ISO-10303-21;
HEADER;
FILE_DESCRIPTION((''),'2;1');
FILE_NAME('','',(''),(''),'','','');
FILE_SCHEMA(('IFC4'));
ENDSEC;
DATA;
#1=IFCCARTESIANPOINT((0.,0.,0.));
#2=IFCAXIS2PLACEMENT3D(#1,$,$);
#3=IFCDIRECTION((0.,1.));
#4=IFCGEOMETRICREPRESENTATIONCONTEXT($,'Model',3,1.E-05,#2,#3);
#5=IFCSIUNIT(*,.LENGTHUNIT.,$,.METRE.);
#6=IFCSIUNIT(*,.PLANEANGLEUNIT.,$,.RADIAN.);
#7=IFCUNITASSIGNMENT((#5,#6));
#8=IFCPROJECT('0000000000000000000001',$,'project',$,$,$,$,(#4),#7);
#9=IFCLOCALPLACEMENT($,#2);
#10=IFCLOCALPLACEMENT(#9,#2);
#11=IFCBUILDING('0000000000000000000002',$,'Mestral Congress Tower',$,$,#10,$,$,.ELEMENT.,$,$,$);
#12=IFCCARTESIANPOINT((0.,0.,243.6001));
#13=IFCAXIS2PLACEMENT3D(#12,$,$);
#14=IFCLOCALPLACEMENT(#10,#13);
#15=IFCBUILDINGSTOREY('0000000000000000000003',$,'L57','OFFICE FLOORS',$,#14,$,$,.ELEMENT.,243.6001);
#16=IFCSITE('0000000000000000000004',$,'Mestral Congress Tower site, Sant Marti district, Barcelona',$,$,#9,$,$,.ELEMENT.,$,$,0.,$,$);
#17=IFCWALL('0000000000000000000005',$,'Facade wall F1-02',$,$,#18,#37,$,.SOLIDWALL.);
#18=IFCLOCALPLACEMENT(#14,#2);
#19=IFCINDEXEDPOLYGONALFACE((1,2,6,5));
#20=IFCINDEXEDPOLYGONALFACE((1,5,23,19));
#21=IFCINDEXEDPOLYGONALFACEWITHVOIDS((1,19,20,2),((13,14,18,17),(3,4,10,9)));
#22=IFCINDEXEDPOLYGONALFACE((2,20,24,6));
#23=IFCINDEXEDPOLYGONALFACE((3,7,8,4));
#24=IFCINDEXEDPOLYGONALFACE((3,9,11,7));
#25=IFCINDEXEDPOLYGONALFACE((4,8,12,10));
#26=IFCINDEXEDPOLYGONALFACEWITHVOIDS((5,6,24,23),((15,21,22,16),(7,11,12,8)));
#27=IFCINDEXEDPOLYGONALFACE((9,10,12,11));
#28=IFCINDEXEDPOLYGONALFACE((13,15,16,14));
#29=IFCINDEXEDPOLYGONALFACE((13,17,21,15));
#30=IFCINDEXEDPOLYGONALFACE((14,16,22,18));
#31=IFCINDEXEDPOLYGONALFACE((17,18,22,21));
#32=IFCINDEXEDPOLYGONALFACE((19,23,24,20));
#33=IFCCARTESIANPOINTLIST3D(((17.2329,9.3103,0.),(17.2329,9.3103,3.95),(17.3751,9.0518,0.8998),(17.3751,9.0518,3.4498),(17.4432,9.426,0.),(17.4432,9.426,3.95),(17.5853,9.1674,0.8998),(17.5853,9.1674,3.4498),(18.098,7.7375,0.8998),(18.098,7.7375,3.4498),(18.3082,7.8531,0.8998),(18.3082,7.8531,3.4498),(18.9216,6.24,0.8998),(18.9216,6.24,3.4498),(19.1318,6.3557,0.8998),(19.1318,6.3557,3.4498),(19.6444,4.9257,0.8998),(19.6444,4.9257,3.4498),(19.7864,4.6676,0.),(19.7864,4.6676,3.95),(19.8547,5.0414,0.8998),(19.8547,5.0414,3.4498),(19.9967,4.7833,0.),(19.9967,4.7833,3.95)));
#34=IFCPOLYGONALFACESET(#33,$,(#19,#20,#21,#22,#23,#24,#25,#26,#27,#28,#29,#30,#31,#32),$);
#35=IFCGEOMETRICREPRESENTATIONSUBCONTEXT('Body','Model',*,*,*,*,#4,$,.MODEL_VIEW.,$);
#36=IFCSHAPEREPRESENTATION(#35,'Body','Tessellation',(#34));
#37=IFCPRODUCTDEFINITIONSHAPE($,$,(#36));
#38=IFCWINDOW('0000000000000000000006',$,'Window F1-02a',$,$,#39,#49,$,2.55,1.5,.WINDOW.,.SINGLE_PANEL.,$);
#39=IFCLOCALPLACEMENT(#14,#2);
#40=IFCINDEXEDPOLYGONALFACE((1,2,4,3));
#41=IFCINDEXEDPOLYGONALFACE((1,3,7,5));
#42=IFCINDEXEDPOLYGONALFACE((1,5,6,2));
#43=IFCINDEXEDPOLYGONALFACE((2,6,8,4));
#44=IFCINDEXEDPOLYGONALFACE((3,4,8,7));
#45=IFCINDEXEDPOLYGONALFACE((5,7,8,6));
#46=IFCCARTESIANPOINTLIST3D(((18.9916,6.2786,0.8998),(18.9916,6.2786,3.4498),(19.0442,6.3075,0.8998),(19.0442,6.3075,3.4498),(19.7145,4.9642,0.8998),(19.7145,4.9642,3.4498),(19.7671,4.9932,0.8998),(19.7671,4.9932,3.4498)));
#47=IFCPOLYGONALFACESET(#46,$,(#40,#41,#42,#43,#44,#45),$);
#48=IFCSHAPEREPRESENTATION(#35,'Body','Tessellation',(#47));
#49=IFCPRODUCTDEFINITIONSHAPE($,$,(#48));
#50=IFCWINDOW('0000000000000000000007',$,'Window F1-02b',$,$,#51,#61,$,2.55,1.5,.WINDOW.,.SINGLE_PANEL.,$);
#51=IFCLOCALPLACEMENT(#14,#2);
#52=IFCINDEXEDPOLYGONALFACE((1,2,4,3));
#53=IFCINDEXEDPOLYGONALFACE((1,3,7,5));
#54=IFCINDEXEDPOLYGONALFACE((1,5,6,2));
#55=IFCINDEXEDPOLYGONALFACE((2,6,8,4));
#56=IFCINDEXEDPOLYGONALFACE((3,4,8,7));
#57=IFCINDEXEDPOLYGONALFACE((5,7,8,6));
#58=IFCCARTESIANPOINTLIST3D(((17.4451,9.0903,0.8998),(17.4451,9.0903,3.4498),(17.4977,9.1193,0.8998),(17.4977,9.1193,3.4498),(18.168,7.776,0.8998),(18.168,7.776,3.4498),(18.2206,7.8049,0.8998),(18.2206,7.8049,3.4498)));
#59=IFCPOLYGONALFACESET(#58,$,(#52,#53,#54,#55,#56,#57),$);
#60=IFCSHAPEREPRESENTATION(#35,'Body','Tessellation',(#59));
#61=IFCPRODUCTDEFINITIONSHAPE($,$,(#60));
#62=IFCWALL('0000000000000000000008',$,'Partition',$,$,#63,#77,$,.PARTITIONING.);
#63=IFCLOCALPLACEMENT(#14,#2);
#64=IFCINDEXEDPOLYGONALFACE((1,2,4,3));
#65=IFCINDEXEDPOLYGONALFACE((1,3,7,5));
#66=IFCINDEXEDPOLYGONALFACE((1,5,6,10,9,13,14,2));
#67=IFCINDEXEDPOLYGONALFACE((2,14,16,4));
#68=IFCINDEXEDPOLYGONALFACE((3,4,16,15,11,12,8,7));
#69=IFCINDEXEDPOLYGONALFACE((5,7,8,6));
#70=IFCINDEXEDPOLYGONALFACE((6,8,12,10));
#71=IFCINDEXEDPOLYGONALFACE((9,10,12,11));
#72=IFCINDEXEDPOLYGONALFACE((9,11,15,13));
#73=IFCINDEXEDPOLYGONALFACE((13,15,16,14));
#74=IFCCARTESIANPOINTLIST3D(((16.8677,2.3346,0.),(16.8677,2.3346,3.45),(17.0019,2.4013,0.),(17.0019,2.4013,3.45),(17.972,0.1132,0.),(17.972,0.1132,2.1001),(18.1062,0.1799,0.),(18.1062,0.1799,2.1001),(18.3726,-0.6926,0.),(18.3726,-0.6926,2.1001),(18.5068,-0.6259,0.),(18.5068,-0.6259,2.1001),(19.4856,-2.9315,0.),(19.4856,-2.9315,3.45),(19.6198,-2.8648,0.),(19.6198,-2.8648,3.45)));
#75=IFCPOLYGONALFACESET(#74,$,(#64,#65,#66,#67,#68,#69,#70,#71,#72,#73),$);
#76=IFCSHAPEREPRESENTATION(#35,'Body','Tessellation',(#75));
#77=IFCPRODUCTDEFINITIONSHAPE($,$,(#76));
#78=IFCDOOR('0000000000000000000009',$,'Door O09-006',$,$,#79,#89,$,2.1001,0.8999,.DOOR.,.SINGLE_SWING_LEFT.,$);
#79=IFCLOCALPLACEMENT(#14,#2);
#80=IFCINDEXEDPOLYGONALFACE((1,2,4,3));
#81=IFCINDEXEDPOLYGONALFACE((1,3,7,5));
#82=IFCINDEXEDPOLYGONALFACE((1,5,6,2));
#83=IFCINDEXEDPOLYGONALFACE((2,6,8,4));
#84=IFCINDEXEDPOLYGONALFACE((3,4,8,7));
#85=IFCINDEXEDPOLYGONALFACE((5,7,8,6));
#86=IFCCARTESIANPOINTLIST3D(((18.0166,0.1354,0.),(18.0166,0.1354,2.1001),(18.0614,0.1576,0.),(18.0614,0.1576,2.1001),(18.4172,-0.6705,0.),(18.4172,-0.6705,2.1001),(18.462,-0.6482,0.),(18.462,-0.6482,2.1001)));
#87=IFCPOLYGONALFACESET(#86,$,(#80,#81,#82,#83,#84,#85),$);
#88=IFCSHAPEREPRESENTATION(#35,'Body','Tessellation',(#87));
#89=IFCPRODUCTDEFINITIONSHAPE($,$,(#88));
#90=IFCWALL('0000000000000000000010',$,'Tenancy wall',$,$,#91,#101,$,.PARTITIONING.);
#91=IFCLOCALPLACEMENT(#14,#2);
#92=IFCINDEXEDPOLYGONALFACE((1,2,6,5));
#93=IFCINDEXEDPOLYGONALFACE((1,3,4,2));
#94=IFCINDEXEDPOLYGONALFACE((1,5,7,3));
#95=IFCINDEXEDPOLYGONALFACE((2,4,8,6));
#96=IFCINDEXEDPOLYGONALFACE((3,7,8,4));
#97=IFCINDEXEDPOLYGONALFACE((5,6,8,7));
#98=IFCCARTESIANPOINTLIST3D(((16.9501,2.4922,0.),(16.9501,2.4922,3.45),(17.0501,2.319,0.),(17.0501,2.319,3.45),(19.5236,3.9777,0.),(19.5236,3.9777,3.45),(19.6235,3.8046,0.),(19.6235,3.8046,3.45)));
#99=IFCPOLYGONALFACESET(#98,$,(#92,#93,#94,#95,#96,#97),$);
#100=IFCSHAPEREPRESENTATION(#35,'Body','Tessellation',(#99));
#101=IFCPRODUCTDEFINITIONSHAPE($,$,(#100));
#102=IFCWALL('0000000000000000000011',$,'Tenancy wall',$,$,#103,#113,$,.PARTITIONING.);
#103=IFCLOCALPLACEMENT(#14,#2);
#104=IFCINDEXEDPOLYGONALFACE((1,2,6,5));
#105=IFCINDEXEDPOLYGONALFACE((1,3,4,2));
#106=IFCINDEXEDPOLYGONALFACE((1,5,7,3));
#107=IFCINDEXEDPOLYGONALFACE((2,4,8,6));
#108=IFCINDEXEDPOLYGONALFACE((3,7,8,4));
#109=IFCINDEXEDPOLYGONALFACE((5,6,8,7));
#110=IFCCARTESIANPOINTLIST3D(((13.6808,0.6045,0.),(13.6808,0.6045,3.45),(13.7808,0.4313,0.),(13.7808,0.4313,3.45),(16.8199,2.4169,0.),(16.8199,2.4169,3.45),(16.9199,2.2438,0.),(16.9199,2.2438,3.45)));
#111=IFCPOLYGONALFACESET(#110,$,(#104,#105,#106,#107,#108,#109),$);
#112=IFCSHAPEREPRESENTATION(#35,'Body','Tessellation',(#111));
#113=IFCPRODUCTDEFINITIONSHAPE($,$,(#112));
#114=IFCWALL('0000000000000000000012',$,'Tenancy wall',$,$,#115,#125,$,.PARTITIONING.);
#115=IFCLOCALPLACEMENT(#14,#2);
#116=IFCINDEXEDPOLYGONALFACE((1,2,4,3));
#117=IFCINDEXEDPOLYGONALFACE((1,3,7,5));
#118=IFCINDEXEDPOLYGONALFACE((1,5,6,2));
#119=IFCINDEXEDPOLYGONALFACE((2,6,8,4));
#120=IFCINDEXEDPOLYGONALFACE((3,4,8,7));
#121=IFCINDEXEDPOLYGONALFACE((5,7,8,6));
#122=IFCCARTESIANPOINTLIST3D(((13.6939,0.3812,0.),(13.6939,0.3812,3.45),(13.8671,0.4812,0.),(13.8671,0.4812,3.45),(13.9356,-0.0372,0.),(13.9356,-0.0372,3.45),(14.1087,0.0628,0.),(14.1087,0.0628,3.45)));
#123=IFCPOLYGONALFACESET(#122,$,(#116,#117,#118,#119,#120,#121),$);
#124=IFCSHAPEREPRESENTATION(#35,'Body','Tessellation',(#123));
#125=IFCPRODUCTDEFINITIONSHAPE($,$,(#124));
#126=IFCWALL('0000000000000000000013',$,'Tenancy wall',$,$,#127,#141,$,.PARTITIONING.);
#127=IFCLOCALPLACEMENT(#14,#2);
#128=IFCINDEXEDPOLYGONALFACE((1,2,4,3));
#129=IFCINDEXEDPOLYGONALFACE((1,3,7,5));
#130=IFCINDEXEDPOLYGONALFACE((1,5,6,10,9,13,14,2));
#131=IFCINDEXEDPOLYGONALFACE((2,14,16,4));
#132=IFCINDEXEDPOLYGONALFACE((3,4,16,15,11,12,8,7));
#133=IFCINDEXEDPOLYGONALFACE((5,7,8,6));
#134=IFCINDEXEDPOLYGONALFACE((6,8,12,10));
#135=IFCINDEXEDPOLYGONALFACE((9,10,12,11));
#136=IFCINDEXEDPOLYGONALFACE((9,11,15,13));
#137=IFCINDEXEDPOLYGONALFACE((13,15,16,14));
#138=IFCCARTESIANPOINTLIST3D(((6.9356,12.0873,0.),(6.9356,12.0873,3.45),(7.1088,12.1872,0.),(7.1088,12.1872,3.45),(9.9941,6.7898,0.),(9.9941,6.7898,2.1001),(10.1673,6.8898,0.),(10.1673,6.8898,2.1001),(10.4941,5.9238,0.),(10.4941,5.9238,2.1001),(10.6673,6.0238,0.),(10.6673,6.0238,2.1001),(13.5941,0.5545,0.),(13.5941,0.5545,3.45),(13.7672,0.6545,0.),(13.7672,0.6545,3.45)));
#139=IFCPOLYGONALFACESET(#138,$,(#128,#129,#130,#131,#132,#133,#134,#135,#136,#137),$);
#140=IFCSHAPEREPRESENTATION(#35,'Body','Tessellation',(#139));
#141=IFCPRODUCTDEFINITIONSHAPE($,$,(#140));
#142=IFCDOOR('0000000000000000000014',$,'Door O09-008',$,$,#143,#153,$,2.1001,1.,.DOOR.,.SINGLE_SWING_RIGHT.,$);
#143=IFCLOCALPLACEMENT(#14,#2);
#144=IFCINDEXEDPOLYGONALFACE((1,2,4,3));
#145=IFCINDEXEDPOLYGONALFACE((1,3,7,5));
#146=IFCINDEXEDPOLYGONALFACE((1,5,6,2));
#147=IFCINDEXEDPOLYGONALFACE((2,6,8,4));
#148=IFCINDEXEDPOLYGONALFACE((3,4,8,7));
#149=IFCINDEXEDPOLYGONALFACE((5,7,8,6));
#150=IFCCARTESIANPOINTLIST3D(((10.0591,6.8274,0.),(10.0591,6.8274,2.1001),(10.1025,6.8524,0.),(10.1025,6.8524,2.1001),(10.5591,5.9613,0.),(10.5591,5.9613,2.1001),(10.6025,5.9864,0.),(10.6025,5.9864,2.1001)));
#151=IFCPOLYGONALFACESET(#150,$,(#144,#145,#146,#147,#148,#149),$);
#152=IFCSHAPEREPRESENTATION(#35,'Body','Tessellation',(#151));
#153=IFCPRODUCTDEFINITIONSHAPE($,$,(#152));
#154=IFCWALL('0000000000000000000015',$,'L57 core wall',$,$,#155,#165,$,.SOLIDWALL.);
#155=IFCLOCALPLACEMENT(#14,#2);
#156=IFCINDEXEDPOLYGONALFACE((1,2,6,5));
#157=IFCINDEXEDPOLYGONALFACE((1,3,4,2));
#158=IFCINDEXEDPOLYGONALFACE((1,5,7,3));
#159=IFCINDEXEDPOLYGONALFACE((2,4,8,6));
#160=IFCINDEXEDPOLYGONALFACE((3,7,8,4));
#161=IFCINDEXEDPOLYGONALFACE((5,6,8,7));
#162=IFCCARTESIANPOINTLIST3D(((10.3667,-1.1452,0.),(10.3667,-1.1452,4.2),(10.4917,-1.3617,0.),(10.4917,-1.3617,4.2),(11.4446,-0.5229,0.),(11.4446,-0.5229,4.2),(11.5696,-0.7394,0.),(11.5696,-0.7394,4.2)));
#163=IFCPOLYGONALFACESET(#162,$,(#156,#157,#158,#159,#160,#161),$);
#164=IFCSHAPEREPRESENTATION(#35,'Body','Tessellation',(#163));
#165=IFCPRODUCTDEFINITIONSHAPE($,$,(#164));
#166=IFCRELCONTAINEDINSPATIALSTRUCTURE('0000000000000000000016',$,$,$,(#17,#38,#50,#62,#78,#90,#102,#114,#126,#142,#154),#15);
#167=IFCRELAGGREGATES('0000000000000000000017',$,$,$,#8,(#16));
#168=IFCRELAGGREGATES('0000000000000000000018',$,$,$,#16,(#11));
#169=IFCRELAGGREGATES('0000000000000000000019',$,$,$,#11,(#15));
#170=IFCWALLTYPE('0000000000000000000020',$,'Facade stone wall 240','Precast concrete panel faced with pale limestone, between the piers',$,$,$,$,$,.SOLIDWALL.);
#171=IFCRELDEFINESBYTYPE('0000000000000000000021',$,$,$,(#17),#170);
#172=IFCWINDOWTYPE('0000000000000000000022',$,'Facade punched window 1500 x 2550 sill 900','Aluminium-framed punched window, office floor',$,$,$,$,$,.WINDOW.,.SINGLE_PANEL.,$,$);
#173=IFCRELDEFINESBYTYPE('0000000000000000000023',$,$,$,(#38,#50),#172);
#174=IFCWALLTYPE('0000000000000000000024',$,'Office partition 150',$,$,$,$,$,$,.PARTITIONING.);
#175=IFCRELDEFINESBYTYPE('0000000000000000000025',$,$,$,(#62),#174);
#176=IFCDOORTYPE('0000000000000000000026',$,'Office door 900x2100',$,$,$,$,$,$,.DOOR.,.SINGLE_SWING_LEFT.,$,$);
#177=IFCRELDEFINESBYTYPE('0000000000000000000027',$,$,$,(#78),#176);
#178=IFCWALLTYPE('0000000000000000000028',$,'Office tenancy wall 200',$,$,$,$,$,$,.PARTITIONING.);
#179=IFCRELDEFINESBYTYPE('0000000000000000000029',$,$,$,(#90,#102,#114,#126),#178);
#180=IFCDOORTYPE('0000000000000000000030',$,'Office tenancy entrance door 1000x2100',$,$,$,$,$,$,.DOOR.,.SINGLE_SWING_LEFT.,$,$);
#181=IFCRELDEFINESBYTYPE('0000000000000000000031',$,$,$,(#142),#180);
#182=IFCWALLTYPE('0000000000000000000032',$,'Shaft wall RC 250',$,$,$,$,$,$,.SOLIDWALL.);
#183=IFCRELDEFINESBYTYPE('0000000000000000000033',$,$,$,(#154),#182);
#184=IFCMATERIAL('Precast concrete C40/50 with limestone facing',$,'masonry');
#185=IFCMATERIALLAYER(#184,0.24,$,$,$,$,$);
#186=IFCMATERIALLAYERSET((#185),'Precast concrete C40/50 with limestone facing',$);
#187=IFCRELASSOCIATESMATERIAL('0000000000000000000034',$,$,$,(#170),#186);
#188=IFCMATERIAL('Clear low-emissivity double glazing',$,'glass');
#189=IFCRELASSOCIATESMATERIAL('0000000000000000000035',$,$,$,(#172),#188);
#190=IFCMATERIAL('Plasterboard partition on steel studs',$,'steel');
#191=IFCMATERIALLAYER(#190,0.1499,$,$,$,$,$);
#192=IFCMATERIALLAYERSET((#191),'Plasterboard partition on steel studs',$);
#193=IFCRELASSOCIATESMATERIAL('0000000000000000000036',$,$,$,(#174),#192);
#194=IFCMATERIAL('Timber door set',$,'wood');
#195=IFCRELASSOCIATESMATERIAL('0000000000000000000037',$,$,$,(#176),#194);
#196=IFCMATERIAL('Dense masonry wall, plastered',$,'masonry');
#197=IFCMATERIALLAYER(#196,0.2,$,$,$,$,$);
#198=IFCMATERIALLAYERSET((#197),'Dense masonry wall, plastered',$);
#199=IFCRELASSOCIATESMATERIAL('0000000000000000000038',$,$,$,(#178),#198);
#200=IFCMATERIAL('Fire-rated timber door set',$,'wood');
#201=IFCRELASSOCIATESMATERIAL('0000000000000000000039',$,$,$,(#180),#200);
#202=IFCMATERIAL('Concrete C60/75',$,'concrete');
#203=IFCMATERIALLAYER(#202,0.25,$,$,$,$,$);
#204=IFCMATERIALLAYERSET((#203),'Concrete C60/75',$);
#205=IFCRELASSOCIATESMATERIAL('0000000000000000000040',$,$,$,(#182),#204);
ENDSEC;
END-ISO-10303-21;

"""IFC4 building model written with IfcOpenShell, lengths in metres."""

from ifc_helpers import new_model, si_unit, direction, frame, frame_2d, origin, place, context, subcontext, project, spatial, rectangle, extrude, material, layer, layer_set, type_object, element, fill, save


model = new_model("IFC4")

# Units and contexts
model_context = context("Model", 3, precision=1e-05, world=origin(), true_north=direction((0.0, 1.0)))
body_context = subcontext(model_context, "Body", "Model", "MODEL_VIEW")
ifc_project = project(units=[si_unit("LENGTHUNIT", "METRE"), si_unit("PLANEANGLEUNIT", "RADIAN")], contexts=[model_context])

# Site, building, storey
site_placement = place(None, origin())
site = spatial("IfcSite", under=ifc_project, at=site_placement, Name="Mestral Congress Tower site, Sant Marti district, Barcelona", CompositionType="ELEMENT", RefElevation=0.0)
building_placement = place(site_placement, origin())
building = spatial("IfcBuilding", under=site, at=building_placement, Name="Mestral Congress Tower", CompositionType="ELEMENT")
storey_placement = place(building_placement, frame((0.0, 0.0, 243.6001)))
storey = spatial("IfcBuildingStorey", under=building, at=storey_placement, Name="L57", Description="OFFICE FLOORS", CompositionType="ELEMENT", Elevation=243.6001)

# Shared definitions
ifc_material_1 = material(Name="Concrete C60/75", Category="concrete")

# Wall, openings, windows
ifc_material_2 = material(Name="Precast concrete C40/50 with limestone facing", Category="masonry")
ifc_layer_1 = layer(ifc_material_2, 0.24)
ifc_layer_set_1 = layer_set([ifc_layer_1], Name="Precast concrete C40/50 with limestone facing")
wall_type_1 = type_object("IfcWallType", Name="Facade stone wall 240", Description="Precast concrete panel faced with pale limestone, between the piers", PredefinedType="SOLIDWALL", material=ifc_layer_set_1)
ifc_material_3 = material(Name="Clear low-emissivity double glazing", Category="glass")
window_type = type_object("IfcWindowType", Name="Facade punched window 1500 x 2550 sill 900", Description="Aluminium-framed punched window, office floor", PartitioningType="SINGLE_PANEL", PredefinedType="WINDOW", material=ifc_material_3)
wall_1_placement = place(storey_placement, frame((19.8916, 4.7253, 0.0), z_axis=(0.0, 0.0, 1.0), x_axis=(-0.481926, 0.876212, 0.0)))
wall_1 = element("IfcWall", 1, at=wall_1_placement, inside=storey, type_object=wall_type_1, Name="Facade wall F1-02", PredefinedType="SOLIDWALL", context=body_context, shape_type="SweptSolid", body=[
    extrude(rectangle(XDim=5.2986, YDim=0.24, at=frame_2d((2.6494, 0.0))), origin(), (0.0, 0.0, 1.0), 3.95),
])
opening_1_placement = place(wall_1_placement, frame((0.2947, 0.0, 0.8999)))
opening_1 = element("IfcOpeningElement", 2, at=opening_1_placement, cuts=wall_1, PredefinedType="OPENING", context=body_context, shape_type="SweptSolid", body=[
    extrude(rectangle(XDim=1.5, YDim=2.55, at=frame_2d((0.75, 1.2749))), frame((0.0, 0.1299, 0.0), z_axis=(0.0, -1.0, 0.0), x_axis=(1.0, 0.0, 0.0)), (0.0, 0.0, 1.0), 0.26),
])
opening_2_placement = place(wall_1_placement, frame((3.5037, 0.0, 0.8999)))
opening_2 = element("IfcOpeningElement", 3, at=opening_2_placement, cuts=wall_1, PredefinedType="OPENING", context=body_context, shape_type="SweptSolid", body=[
    extrude(rectangle(XDim=1.5, YDim=2.55, at=frame_2d((0.75, 1.2749))), frame((0.0, 0.1299, 0.0), z_axis=(0.0, -1.0, 0.0), x_axis=(1.0, 0.0, 0.0)), (0.0, 0.0, 1.0), 0.26),
])
window_1_placement = place(opening_1_placement, origin())
window_1 = element("IfcWindow", 4, at=window_1_placement, inside=storey, type_object=window_type, Name="Window F1-02a", OverallHeight=2.55, OverallWidth=1.5, PartitioningType="SINGLE_PANEL", PredefinedType="WINDOW", context=body_context, shape_type="SweptSolid", body=[
    extrude(rectangle(XDim=1.5, YDim=2.55, at=frame_2d((0.75, 1.2749))), frame((0.0, 0.04, 0.0), z_axis=(0.0, -1.0, 0.0), x_axis=(1.0, 0.0, 0.0)), (0.0, 0.0, 1.0), 0.0601),
])
fill(opening_1, window_1)
window_2_placement = place(opening_2_placement, origin())
window_2 = element("IfcWindow", 5, at=window_2_placement, inside=storey, type_object=window_type, Name="Window F1-02b", OverallHeight=2.55, OverallWidth=1.5, PartitioningType="SINGLE_PANEL", PredefinedType="WINDOW", context=body_context, shape_type="SweptSolid", body=[
    extrude(rectangle(XDim=1.5, YDim=2.55, at=frame_2d((0.75, 1.2749))), frame((0.0, 0.04, 0.0), z_axis=(0.0, -1.0, 0.0), x_axis=(1.0, 0.0, 0.0)), (0.0, 0.0, 1.0), 0.0601),
])
fill(opening_2, window_2)

# Wall, opening, door
ifc_material_4 = material(Name="Plasterboard partition on steel studs", Category="steel")
ifc_layer_2 = layer(ifc_material_4, 0.1499)
ifc_layer_set_2 = layer_set([ifc_layer_2], Name="Plasterboard partition on steel studs")
wall_type_2 = type_object("IfcWallType", Name="Office partition 150", PredefinedType="PARTITIONING", material=ifc_layer_set_2)
wall_2_placement = place(storey_placement, frame((16.9348, 2.3679, 0.0), z_axis=(0.0, 0.0, 1.0), x_axis=(0.445153, -0.895454, 0.0)))
wall_2 = element("IfcWall", 6, at=wall_2_placement, inside=storey, type_object=wall_type_2, Name="Partition", PredefinedType="PARTITIONING", context=body_context, shape_type="SweptSolid", body=[
    extrude(rectangle(XDim=5.8809, YDim=0.1499, at=frame_2d((2.9404, 0.0))), origin(), (0.0, 0.0, 1.0), 3.45),
])
opening_3_placement = place(wall_2_placement, frame((2.4807, 0.0, 0.0)))
opening_3 = element("IfcOpeningElement", 7, at=opening_3_placement, cuts=wall_2, PredefinedType="OPENING", context=body_context, shape_type="SweptSolid", body=[
    extrude(rectangle(XDim=0.8999, YDim=2.1001, at=frame_2d((0.45, 1.05))), frame((0.0, 0.085, 0.0), z_axis=(0.0, -1.0, 0.0), x_axis=(1.0, 0.0, 0.0)), (0.0, 0.0, 1.0), 0.1699),
])
ifc_material_5 = material(Name="Timber door set", Category="wood")
door_type_1 = type_object("IfcDoorType", Name="Office door 900x2100", OperationType="SINGLE_SWING_LEFT", PredefinedType="DOOR", material=ifc_material_5)
door_1_placement = place(opening_3_placement, origin())
door_1 = element("IfcDoor", 8, at=door_1_placement, inside=storey, type_object=door_type_1, Name="Door O09-006", OperationType="SINGLE_SWING_LEFT", OverallHeight=2.1001, OverallWidth=0.8999, PredefinedType="DOOR", context=body_context, shape_type="SweptSolid", body=[
    extrude(rectangle(XDim=0.8999, YDim=2.1001, at=frame_2d((0.45, 1.05))), frame((0.0, 0.0249, 0.0), z_axis=(0.0, -1.0, 0.0), x_axis=(1.0, 0.0, 0.0)), (0.0, 0.0, 1.0), 0.05),
])
fill(opening_3, door_1)

# Walls
ifc_material_6 = material(Name="Dense masonry wall, plastered", Category="masonry")
ifc_layer_3 = layer(ifc_material_6, 0.2)
ifc_layer_set_3 = layer_set([ifc_layer_3], Name="Dense masonry wall, plastered")
wall_type_3 = type_object("IfcWallType", Name="Office tenancy wall 200", PredefinedType="PARTITIONING", material=ifc_layer_set_3)
wall_3_placement = place(storey_placement, frame((17.0, 2.4055, 0.0), z_axis=(0.0, 0.0, 1.0), x_axis=(0.866056, 0.499948, 0.0)))
element("IfcWall", 9, at=wall_3_placement, inside=storey, type_object=wall_type_3, Name="Tenancy wall", PredefinedType="PARTITIONING", context=body_context, shape_type="SweptSolid", body=[
    extrude(rectangle(XDim=2.9714, YDim=0.2, at=frame_2d((1.4858, 0.0))), origin(), (0.0, 0.0, 1.0), 3.45),
])
wall_4_placement = place(storey_placement, frame((13.7307, 0.5178, 0.0), z_axis=(0.0, 0.0, 1.0), x_axis=(0.866013, 0.500022, 0.0)))
element("IfcWall", 10, at=wall_4_placement, inside=storey, type_object=wall_type_3, Name="Tenancy wall", PredefinedType="PARTITIONING", context=body_context, shape_type="SweptSolid", body=[
    extrude(rectangle(XDim=3.6248, YDim=0.2, at=frame_2d((1.8125, 0.0))), origin(), (0.0, 0.0, 1.0), 3.45),
])
wall_5_placement = place(storey_placement, frame((14.0222, 0.0127, 0.0), z_axis=(0.0, 0.0, 1.0), x_axis=(-0.50016, 0.865933, 0.0)))
element("IfcWall", 11, at=wall_5_placement, inside=storey, type_object=wall_type_3, Name="Tenancy wall", PredefinedType="PARTITIONING", context=body_context, shape_type="SweptSolid", body=[
    extrude(rectangle(XDim=0.4832, YDim=0.2, at=frame_2d((0.2417, 0.0))), origin(), (0.0, 0.0, 1.0), 3.45),
])

# Wall, opening, door
wall_6_placement = place(storey_placement, frame((13.6807, 0.6045, 0.0), z_axis=(0.0, 0.0, 1.0), x_axis=(-0.500002, 0.866024, 0.0)))
wall_6 = element("IfcWall", 12, at=wall_6_placement, inside=storey, type_object=wall_type_3, Name="Tenancy wall", PredefinedType="PARTITIONING", context=body_context, shape_type="SweptSolid", body=[
    extrude(rectangle(XDim=13.3169, YDim=0.2, at=frame_2d((6.6584, 0.0))), origin(), (0.0, 0.0, 1.0), 3.45),
])
opening_4_placement = place(wall_6_placement, frame((6.2, 0.0, 0.0)))
opening_4 = element("IfcOpeningElement", 13, at=opening_4_placement, cuts=wall_6, PredefinedType="OPENING", context=body_context, shape_type="SweptSolid", body=[
    extrude(rectangle(XDim=1.0, YDim=2.1001, at=frame_2d((0.5, 1.05))), frame((0.0, 0.1099, 0.0), z_axis=(0.0, -1.0, 0.0), x_axis=(1.0, 0.0, 0.0)), (0.0, 0.0, 1.0), 0.22),
])
ifc_material_7 = material(Name="Fire-rated timber door set", Category="wood")
door_type_2 = type_object("IfcDoorType", Name="Office tenancy entrance door 1000x2100", OperationType="SINGLE_SWING_LEFT", PredefinedType="DOOR", material=ifc_material_7)
door_2_placement = place(opening_4_placement, origin())
door_2 = element("IfcDoor", 14, at=door_2_placement, inside=storey, type_object=door_type_2, Name="Door O09-008", OperationType="SINGLE_SWING_RIGHT", OverallHeight=2.1001, OverallWidth=1.0, PredefinedType="DOOR", context=body_context, shape_type="SweptSolid", body=[
    extrude(rectangle(XDim=1.0, YDim=2.1001, at=frame_2d((0.5, 1.05))), frame((0.0, 0.0249, 0.0), z_axis=(0.0, -1.0, 0.0), x_axis=(1.0, 0.0, 0.0)), (0.0, 0.0, 1.0), 0.05),
])
fill(opening_4, door_2)

# Wall
ifc_layer_4 = layer(ifc_material_1, 0.25)
ifc_layer_set_4 = layer_set([ifc_layer_4], Name="Concrete C60/75")
wall_type_4 = type_object("IfcWallType", Name="Shaft wall RC 250", PredefinedType="SOLIDWALL", material=ifc_layer_set_4)
wall_7_placement = place(storey_placement, frame((11.5071, -0.6311, 0.0), z_axis=(0.0, 0.0, 1.0), x_axis=(-0.866026, -0.5, 0.0)))
element("IfcWall", 15, at=wall_7_placement, inside=storey, type_object=wall_type_4, Name="L57 core wall", PredefinedType="SOLIDWALL", context=body_context, shape_type="SweptSolid", body=[
    extrude(rectangle(XDim=1.2446, YDim=0.25, at=frame_2d((0.6223, 0.0))), origin(), (0.0, 0.0, 1.0), 4.2),
])

save(model, "model.ifc")
